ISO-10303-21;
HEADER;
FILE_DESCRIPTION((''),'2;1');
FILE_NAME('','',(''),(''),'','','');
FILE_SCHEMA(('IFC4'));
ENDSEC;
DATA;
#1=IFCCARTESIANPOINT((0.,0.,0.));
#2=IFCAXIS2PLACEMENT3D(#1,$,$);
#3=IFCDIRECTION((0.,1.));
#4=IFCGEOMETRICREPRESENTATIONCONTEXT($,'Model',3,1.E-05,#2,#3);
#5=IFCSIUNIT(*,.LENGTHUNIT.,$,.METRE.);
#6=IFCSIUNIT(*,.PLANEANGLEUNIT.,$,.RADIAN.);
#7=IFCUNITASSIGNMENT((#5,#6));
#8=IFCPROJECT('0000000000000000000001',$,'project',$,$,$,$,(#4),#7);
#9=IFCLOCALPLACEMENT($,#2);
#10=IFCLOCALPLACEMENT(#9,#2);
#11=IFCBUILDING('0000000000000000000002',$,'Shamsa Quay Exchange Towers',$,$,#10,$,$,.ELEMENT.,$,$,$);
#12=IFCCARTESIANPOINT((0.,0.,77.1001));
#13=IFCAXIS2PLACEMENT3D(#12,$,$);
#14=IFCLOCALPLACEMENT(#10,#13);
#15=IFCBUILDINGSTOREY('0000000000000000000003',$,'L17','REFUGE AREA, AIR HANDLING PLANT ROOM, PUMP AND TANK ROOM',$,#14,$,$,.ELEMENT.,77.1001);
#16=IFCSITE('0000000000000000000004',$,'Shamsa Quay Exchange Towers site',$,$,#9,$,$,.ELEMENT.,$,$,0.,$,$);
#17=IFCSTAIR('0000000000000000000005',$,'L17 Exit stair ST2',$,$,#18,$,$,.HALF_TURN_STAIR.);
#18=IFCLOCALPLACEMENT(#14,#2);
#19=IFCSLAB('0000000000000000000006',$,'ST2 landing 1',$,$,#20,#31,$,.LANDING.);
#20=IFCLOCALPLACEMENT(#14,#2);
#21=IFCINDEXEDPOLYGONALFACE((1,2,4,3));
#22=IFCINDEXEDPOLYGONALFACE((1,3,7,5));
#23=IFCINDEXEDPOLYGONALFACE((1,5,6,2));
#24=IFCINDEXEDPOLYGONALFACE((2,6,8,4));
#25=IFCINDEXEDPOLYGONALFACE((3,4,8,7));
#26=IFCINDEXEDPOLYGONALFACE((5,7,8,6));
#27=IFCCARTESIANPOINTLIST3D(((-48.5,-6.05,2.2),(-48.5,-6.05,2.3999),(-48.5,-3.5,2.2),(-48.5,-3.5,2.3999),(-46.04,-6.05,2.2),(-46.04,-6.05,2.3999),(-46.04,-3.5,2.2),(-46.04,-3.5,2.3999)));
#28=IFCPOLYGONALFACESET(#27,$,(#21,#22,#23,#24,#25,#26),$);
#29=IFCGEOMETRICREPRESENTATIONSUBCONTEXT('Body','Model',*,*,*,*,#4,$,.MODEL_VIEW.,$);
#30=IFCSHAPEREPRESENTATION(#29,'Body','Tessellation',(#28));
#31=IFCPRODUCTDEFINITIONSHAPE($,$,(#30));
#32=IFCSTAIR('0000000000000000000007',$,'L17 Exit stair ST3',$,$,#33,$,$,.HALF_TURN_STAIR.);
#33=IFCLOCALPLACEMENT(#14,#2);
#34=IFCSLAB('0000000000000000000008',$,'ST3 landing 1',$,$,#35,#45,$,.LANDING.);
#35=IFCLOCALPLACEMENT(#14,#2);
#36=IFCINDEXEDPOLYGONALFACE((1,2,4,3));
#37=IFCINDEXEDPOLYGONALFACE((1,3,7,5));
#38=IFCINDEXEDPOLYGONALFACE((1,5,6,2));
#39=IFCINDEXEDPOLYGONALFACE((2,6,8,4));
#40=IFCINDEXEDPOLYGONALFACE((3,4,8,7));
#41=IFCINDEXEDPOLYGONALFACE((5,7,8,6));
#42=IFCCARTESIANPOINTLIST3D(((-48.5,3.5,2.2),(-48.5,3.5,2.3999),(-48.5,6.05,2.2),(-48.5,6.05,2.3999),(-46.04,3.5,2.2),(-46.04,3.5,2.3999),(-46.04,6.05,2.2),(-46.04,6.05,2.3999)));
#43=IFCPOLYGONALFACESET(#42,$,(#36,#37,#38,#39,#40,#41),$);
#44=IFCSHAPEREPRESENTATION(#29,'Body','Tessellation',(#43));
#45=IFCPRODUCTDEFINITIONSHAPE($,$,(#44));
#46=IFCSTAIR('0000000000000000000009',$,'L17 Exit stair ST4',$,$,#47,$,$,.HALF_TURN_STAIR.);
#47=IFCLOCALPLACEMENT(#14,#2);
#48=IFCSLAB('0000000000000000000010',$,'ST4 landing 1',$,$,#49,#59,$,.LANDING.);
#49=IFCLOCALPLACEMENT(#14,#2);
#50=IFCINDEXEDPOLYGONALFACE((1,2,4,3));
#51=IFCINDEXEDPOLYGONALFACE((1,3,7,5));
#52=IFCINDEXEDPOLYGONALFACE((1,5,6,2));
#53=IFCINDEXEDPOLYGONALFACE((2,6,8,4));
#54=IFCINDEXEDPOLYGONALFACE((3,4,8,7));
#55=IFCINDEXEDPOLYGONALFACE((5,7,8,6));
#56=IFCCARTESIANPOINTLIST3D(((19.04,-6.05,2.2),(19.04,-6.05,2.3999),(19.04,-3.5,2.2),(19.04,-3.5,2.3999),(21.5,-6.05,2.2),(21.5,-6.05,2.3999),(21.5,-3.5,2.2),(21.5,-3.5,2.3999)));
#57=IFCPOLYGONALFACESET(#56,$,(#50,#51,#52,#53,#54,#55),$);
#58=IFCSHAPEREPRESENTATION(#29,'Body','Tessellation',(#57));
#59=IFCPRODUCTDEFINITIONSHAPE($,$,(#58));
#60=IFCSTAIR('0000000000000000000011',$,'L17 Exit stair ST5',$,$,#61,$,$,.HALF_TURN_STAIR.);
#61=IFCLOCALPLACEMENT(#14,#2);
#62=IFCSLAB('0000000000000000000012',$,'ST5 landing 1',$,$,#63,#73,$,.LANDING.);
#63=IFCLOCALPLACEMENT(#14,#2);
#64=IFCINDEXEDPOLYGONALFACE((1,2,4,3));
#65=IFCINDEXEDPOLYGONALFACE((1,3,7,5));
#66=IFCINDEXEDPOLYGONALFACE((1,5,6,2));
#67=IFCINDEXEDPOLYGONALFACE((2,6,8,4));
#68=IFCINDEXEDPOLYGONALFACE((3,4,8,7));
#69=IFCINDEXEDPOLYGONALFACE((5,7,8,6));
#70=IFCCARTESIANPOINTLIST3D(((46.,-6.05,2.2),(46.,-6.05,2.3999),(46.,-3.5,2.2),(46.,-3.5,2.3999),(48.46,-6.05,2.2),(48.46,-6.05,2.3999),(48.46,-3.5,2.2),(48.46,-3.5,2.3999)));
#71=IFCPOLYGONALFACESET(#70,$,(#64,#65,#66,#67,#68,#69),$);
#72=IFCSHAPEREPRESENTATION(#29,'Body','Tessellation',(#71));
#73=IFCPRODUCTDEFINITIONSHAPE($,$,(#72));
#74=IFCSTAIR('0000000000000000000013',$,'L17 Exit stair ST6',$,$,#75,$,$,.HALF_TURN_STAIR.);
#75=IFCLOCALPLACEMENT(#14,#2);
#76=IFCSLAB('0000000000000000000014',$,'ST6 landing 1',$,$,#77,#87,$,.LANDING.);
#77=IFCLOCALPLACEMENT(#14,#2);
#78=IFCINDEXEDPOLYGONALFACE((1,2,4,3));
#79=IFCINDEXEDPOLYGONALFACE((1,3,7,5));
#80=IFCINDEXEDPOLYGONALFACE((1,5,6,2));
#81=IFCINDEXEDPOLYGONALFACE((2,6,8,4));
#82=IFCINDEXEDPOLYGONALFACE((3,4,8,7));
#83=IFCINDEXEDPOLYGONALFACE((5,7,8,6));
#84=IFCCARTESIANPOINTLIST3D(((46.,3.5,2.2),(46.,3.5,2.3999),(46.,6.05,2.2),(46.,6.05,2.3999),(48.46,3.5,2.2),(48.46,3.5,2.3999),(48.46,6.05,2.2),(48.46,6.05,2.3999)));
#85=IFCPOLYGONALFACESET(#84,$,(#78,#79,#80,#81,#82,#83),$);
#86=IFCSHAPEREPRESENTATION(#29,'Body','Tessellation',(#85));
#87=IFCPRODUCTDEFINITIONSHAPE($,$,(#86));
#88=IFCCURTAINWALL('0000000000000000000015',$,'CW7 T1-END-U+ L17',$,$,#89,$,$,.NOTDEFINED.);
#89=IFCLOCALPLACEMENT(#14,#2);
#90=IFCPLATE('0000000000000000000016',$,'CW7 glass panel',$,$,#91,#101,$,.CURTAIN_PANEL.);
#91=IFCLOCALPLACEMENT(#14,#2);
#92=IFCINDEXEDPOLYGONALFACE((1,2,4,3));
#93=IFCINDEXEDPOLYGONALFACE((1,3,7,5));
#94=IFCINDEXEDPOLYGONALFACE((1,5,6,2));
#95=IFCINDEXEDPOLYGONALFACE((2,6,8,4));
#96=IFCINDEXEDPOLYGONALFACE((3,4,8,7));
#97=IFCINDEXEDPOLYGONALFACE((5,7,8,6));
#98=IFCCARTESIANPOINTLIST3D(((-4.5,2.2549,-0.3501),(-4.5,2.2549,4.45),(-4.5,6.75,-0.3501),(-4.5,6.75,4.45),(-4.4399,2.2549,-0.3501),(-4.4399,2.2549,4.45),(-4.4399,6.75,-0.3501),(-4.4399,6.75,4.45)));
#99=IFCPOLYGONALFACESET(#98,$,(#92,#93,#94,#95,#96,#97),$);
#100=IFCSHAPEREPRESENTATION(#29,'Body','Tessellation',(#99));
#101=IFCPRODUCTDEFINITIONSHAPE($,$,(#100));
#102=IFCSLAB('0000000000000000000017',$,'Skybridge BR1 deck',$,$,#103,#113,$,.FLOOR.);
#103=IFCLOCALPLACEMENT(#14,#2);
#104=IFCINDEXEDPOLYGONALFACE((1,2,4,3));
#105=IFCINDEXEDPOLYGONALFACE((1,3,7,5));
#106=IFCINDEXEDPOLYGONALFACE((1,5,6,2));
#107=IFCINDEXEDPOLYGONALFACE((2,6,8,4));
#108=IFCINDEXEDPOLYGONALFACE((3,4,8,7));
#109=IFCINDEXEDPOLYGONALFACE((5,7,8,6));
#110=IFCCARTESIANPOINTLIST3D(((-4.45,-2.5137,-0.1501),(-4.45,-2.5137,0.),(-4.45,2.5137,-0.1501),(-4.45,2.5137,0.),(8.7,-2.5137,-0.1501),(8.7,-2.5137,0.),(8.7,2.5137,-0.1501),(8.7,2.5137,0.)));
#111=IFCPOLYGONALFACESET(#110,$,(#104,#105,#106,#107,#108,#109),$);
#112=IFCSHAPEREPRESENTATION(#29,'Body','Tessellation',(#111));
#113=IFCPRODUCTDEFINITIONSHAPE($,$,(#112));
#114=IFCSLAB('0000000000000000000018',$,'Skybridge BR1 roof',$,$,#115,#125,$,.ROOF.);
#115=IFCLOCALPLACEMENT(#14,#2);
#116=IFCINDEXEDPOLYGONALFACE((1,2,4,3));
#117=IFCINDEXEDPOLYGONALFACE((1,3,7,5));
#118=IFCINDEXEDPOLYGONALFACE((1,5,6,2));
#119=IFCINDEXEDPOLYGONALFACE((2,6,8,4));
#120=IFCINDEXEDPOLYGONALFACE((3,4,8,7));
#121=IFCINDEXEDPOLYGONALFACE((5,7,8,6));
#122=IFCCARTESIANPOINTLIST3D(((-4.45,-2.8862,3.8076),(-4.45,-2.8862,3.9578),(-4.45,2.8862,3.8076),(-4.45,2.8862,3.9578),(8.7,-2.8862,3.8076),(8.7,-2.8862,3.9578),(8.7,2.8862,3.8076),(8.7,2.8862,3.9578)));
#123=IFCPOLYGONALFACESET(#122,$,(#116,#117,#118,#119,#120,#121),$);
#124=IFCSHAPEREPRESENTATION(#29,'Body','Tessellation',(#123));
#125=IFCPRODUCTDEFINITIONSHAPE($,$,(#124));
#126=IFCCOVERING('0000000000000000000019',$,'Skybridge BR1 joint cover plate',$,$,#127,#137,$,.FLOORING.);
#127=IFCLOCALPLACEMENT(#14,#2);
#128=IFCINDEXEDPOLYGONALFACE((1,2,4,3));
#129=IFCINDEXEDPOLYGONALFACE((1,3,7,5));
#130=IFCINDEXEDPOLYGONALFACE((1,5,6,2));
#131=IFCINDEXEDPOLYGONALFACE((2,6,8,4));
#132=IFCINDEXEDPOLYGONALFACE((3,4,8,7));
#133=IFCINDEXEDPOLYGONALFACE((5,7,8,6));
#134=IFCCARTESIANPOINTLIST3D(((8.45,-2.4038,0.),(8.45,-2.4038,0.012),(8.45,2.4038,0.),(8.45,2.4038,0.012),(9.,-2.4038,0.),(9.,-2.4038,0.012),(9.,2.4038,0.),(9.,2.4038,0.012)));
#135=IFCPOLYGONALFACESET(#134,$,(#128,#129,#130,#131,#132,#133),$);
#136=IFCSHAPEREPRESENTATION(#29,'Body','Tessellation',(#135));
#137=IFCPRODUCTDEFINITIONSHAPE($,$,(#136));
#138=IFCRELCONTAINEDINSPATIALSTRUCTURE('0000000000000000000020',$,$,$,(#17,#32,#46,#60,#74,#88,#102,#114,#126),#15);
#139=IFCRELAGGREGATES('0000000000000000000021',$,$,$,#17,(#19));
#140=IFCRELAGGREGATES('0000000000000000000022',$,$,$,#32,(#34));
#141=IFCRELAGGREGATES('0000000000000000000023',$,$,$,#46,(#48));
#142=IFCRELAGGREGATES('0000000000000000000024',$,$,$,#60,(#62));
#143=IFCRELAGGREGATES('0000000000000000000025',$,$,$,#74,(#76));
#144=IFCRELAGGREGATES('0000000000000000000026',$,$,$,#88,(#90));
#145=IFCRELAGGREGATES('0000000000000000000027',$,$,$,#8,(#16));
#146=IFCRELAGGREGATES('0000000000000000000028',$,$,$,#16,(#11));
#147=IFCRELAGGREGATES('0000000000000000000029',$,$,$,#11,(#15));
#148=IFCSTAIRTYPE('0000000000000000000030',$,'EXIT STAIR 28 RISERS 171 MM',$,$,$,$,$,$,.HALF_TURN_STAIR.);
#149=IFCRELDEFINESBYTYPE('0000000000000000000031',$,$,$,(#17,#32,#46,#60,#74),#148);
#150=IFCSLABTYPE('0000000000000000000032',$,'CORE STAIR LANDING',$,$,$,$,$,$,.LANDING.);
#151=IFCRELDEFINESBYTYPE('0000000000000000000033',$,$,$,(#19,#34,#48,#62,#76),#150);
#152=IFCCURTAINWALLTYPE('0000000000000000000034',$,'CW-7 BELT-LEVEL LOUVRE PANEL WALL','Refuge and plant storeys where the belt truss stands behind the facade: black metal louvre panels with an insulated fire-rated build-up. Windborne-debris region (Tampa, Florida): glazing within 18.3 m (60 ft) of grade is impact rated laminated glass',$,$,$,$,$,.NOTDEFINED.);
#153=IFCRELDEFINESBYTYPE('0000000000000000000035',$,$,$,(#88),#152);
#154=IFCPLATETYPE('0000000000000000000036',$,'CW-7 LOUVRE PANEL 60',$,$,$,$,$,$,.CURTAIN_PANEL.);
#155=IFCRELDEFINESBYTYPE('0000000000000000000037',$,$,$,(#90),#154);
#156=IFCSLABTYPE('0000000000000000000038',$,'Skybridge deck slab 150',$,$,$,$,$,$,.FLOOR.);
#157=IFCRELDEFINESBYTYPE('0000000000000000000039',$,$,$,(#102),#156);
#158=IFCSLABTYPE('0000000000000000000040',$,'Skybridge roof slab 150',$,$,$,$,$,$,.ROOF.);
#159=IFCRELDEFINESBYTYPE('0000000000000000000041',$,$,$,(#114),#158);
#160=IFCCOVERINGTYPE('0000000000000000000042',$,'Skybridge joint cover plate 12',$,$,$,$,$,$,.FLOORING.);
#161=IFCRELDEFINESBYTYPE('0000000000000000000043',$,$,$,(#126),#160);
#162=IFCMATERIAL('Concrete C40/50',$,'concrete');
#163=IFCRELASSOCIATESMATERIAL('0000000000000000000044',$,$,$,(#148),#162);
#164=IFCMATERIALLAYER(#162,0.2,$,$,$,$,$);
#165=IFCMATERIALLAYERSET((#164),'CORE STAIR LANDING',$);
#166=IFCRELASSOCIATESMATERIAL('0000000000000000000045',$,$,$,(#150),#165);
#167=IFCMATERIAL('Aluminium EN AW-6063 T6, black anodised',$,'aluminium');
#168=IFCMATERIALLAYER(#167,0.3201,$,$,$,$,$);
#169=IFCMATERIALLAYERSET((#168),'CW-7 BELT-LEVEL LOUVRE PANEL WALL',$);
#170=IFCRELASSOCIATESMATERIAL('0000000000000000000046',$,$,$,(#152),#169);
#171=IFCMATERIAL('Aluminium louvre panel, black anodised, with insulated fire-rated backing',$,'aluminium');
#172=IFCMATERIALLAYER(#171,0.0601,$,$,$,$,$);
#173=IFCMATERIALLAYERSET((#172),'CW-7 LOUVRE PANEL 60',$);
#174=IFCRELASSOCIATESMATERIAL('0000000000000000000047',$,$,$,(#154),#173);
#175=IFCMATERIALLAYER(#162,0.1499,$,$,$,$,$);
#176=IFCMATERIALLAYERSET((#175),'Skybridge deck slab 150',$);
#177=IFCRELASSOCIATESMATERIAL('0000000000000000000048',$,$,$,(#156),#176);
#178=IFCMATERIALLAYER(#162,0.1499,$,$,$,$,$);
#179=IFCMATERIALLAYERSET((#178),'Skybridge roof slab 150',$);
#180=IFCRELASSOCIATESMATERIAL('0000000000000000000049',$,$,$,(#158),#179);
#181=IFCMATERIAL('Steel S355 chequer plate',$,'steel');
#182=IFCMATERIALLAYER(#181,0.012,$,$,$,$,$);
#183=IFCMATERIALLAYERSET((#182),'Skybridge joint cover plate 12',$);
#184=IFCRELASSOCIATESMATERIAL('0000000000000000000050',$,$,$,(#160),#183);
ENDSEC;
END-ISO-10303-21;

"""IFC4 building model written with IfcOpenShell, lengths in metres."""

from ifc_helpers import new_model, si_unit, direction, frame, origin, origin_2d, place, context, subcontext, project, spatial, polyline, rectangle, outline, extrude, material, layer, layer_set, type_object, element, aggregate, save


model = new_model("IFC4")

# Units and contexts
model_context = context("Model", 3, precision=1e-05, world=origin(), true_north=direction((0.0, 1.0)))
body_context = subcontext(model_context, "Body", "Model", "MODEL_VIEW")
ifc_project = project(units=[si_unit("LENGTHUNIT", "METRE"), si_unit("PLANEANGLEUNIT", "RADIAN")], contexts=[model_context])

# Site, building, storey
site_placement = place(None, origin())
site = spatial("IfcSite", under=ifc_project, at=site_placement, Name="Shamsa Quay Exchange Towers site", CompositionType="ELEMENT", RefElevation=0.0)
building_placement = place(site_placement, origin())
building = spatial("IfcBuilding", under=site, at=building_placement, Name="Shamsa Quay Exchange Towers", CompositionType="ELEMENT")
storey_placement = place(building_placement, frame((0.0, 0.0, 77.1001)))
storey = spatial("IfcBuildingStorey", under=building, at=storey_placement, Name="L17", Description="REFUGE AREA, AIR HANDLING PLANT ROOM, PUMP AND TANK ROOM", CompositionType="ELEMENT", Elevation=77.1001)

# Stairs, slabs
ifc_material_1 = material(Name="Concrete C40/50", Category="concrete")
stair_type = type_object("IfcStairType", Name="EXIT STAIR 28 RISERS 171 MM", PredefinedType="HALF_TURN_STAIR", material=ifc_material_1)
ifc_layer_1 = layer(ifc_material_1, 0.2)
ifc_layer_set_1 = layer_set([ifc_layer_1], Name="CORE STAIR LANDING")
slab_type_1 = type_object("IfcSlabType", Name="CORE STAIR LANDING", PredefinedType="LANDING", material=ifc_layer_set_1)
stair_1_placement = place(storey_placement, origin())
stair_1 = element("IfcStair", 1, at=stair_1_placement, inside=storey, type_object=stair_type, Name="L17 Exit stair ST2", PredefinedType="HALF_TURN_STAIR")
slab_1_placement = place(storey_placement, frame((0.0, 0.0, 2.2)))
slab_1 = element("IfcSlab", 2, at=slab_1_placement, type_object=slab_type_1, Name="ST2 landing 1", PredefinedType="LANDING", context=body_context, shape_type="SweptSolid", body=[
    extrude(outline(polyline([(-46.04, -3.5), (-48.5, -3.5), (-48.5, -6.05), (-46.04, -6.05), (-46.04, -3.5)])), origin(), (0.0, 0.0, 1.0), 0.2),
])
aggregate(stair_1, [slab_1])
stair_2_placement = place(storey_placement, origin())
stair_2 = element("IfcStair", 3, at=stair_2_placement, inside=storey, type_object=stair_type, Name="L17 Exit stair ST3", PredefinedType="HALF_TURN_STAIR")
slab_2_placement = place(storey_placement, frame((0.0, 0.0, 2.2)))
slab_2 = element("IfcSlab", 4, at=slab_2_placement, type_object=slab_type_1, Name="ST3 landing 1", PredefinedType="LANDING", context=body_context, shape_type="SweptSolid", body=[
    extrude(outline(polyline([(-46.04, 6.05), (-48.5, 6.05), (-48.5, 3.5), (-46.04, 3.5), (-46.04, 6.05)])), origin(), (0.0, 0.0, 1.0), 0.2),
])
aggregate(stair_2, [slab_2])
stair_3_placement = place(storey_placement, origin())
stair_3 = element("IfcStair", 5, at=stair_3_placement, inside=storey, type_object=stair_type, Name="L17 Exit stair ST4", PredefinedType="HALF_TURN_STAIR")
slab_3_placement = place(storey_placement, frame((0.0, 0.0, 2.2)))
slab_3 = element("IfcSlab", 6, at=slab_3_placement, type_object=slab_type_1, Name="ST4 landing 1", PredefinedType="LANDING", context=body_context, shape_type="SweptSolid", body=[
    extrude(outline(polyline([(19.04, -6.05), (21.5, -6.05), (21.5, -3.5), (19.04, -3.5), (19.04, -6.05)])), origin(), (0.0, 0.0, 1.0), 0.2),
])
aggregate(stair_3, [slab_3])
stair_4_placement = place(storey_placement, origin())
stair_4 = element("IfcStair", 7, at=stair_4_placement, inside=storey, type_object=stair_type, Name="L17 Exit stair ST5", PredefinedType="HALF_TURN_STAIR")
slab_4_placement = place(storey_placement, frame((0.0, 0.0, 2.2)))
slab_4 = element("IfcSlab", 8, at=slab_4_placement, type_object=slab_type_1, Name="ST5 landing 1", PredefinedType="LANDING", context=body_context, shape_type="SweptSolid", body=[
    extrude(outline(polyline([(48.46, -3.5), (46.0, -3.5), (46.0, -6.05), (48.46, -6.05), (48.46, -3.5)])), origin(), (0.0, 0.0, 1.0), 0.2),
])
aggregate(stair_4, [slab_4])
stair_5_placement = place(storey_placement, origin())
stair_5 = element("IfcStair", 9, at=stair_5_placement, inside=storey, type_object=stair_type, Name="L17 Exit stair ST6", PredefinedType="HALF_TURN_STAIR")
slab_5_placement = place(storey_placement, frame((0.0, 0.0, 2.2)))
slab_5 = element("IfcSlab", 10, at=slab_5_placement, type_object=slab_type_1, Name="ST6 landing 1", PredefinedType="LANDING", context=body_context, shape_type="SweptSolid", body=[
    extrude(outline(polyline([(48.46, 6.05), (46.0, 6.05), (46.0, 3.5), (48.46, 3.5), (48.46, 6.05)])), origin(), (0.0, 0.0, 1.0), 0.2),
])
aggregate(stair_5, [slab_5])

# Curtain wall, plate
ifc_material_2 = material(Name="Aluminium EN AW-6063 T6, black anodised", Category="aluminium")
ifc_layer_2 = layer(ifc_material_2, 0.3201)
ifc_layer_set_2 = layer_set([ifc_layer_2], Name="CW-7 BELT-LEVEL LOUVRE PANEL WALL")
curtain_wall_type = type_object("IfcCurtainWallType", Name="CW-7 BELT-LEVEL LOUVRE PANEL WALL", Description="Refuge and plant storeys where the belt truss stands behind the facade: black metal louvre panels with an insulated fire-rated build-up. Windborne-debris region (Tampa, Florida): glazing within 18.3 m (60 ft) of grade is impact rated laminated glass", PredefinedType="NOTDEFINED", material=ifc_layer_set_2)
curtain_wall_placement = place(storey_placement, origin())
curtain_wall = element("IfcCurtainWall", 11, at=curtain_wall_placement, inside=storey, type_object=curtain_wall_type, Name="CW7 T1-END-U+ L17", PredefinedType="NOTDEFINED")
ifc_material_3 = material(Name="Aluminium louvre panel, black anodised, with insulated fire-rated backing", Category="aluminium")
ifc_layer_3 = layer(ifc_material_3, 0.0601)
ifc_layer_set_3 = layer_set([ifc_layer_3], Name="CW-7 LOUVRE PANEL 60")
plate_type = type_object("IfcPlateType", Name="CW-7 LOUVRE PANEL 60", PredefinedType="CURTAIN_PANEL", material=ifc_layer_set_3)
plate_placement = place(storey_placement, frame((-4.47, 4.5024, -0.3501), z_axis=(0.0, 0.0, 1.0), x_axis=(0.0, 1.0, 0.0)))
plate = element("IfcPlate", 12, at=plate_placement, type_object=plate_type, Name="CW7 glass panel", PredefinedType="CURTAIN_PANEL", context=body_context, shape_type="SweptSolid", body=[
    extrude(rectangle(XDim=4.4951, YDim=0.0601, at=origin_2d()), origin(), (0.0, 0.0, 1.0), 4.8),
])
aggregate(curtain_wall, [plate])

# Slabs
ifc_layer_4 = layer(ifc_material_1, 0.1499)
ifc_layer_set_4 = layer_set([ifc_layer_4], Name="Skybridge deck slab 150")
slab_type_2 = type_object("IfcSlabType", Name="Skybridge deck slab 150", PredefinedType="FLOOR", material=ifc_layer_set_4)
slab_6_placement = place(storey_placement, frame((0.0, 0.0, -0.1501)))
element("IfcSlab", 13, at=slab_6_placement, inside=storey, type_object=slab_type_2, Name="Skybridge BR1 deck", PredefinedType="FLOOR", context=body_context, shape_type="SweptSolid", body=[
    extrude(outline(polyline([(-4.45, -2.5137), (8.7, -2.5137), (8.7, 2.5137), (-4.45, 2.5137), (-4.45, -2.5137)])), origin(), (0.0, 0.0, 1.0), 0.1501),
])
ifc_layer_5 = layer(ifc_material_1, 0.1499)
ifc_layer_set_5 = layer_set([ifc_layer_5], Name="Skybridge roof slab 150")
slab_type_3 = type_object("IfcSlabType", Name="Skybridge roof slab 150", PredefinedType="ROOF", material=ifc_layer_set_5)
slab_7_placement = place(storey_placement, frame((0.0, 0.0, 3.8076)))
element("IfcSlab", 14, at=slab_7_placement, inside=storey, type_object=slab_type_3, Name="Skybridge BR1 roof", PredefinedType="ROOF", context=body_context, shape_type="SweptSolid", body=[
    extrude(outline(polyline([(-4.45, -2.8862), (8.7, -2.8862), (8.7, 2.8862), (-4.45, 2.8862), (-4.45, -2.8862)])), origin(), (0.0, 0.0, 1.0), 0.1501),
])

# Covering
ifc_material_4 = material(Name="Steel S355 chequer plate", Category="steel")
ifc_layer_6 = layer(ifc_material_4, 0.012)
ifc_layer_set_6 = layer_set([ifc_layer_6], Name="Skybridge joint cover plate 12")
covering_type = type_object("IfcCoveringType", Name="Skybridge joint cover plate 12", PredefinedType="FLOORING", material=ifc_layer_set_6)
covering_placement = place(storey_placement, origin())
element("IfcCovering", 15, at=covering_placement, inside=storey, type_object=covering_type, Name="Skybridge BR1 joint cover plate", PredefinedType="FLOORING", context=body_context, shape_type="SweptSolid", body=[
    extrude(outline(polyline([(8.45, -2.4038), (9.0, -2.4038), (9.0, 2.4038), (8.45, 2.4038), (8.45, -2.4038)])), origin(), (0.0, 0.0, 1.0), 0.012),
])

save(model, "model.ifc")
